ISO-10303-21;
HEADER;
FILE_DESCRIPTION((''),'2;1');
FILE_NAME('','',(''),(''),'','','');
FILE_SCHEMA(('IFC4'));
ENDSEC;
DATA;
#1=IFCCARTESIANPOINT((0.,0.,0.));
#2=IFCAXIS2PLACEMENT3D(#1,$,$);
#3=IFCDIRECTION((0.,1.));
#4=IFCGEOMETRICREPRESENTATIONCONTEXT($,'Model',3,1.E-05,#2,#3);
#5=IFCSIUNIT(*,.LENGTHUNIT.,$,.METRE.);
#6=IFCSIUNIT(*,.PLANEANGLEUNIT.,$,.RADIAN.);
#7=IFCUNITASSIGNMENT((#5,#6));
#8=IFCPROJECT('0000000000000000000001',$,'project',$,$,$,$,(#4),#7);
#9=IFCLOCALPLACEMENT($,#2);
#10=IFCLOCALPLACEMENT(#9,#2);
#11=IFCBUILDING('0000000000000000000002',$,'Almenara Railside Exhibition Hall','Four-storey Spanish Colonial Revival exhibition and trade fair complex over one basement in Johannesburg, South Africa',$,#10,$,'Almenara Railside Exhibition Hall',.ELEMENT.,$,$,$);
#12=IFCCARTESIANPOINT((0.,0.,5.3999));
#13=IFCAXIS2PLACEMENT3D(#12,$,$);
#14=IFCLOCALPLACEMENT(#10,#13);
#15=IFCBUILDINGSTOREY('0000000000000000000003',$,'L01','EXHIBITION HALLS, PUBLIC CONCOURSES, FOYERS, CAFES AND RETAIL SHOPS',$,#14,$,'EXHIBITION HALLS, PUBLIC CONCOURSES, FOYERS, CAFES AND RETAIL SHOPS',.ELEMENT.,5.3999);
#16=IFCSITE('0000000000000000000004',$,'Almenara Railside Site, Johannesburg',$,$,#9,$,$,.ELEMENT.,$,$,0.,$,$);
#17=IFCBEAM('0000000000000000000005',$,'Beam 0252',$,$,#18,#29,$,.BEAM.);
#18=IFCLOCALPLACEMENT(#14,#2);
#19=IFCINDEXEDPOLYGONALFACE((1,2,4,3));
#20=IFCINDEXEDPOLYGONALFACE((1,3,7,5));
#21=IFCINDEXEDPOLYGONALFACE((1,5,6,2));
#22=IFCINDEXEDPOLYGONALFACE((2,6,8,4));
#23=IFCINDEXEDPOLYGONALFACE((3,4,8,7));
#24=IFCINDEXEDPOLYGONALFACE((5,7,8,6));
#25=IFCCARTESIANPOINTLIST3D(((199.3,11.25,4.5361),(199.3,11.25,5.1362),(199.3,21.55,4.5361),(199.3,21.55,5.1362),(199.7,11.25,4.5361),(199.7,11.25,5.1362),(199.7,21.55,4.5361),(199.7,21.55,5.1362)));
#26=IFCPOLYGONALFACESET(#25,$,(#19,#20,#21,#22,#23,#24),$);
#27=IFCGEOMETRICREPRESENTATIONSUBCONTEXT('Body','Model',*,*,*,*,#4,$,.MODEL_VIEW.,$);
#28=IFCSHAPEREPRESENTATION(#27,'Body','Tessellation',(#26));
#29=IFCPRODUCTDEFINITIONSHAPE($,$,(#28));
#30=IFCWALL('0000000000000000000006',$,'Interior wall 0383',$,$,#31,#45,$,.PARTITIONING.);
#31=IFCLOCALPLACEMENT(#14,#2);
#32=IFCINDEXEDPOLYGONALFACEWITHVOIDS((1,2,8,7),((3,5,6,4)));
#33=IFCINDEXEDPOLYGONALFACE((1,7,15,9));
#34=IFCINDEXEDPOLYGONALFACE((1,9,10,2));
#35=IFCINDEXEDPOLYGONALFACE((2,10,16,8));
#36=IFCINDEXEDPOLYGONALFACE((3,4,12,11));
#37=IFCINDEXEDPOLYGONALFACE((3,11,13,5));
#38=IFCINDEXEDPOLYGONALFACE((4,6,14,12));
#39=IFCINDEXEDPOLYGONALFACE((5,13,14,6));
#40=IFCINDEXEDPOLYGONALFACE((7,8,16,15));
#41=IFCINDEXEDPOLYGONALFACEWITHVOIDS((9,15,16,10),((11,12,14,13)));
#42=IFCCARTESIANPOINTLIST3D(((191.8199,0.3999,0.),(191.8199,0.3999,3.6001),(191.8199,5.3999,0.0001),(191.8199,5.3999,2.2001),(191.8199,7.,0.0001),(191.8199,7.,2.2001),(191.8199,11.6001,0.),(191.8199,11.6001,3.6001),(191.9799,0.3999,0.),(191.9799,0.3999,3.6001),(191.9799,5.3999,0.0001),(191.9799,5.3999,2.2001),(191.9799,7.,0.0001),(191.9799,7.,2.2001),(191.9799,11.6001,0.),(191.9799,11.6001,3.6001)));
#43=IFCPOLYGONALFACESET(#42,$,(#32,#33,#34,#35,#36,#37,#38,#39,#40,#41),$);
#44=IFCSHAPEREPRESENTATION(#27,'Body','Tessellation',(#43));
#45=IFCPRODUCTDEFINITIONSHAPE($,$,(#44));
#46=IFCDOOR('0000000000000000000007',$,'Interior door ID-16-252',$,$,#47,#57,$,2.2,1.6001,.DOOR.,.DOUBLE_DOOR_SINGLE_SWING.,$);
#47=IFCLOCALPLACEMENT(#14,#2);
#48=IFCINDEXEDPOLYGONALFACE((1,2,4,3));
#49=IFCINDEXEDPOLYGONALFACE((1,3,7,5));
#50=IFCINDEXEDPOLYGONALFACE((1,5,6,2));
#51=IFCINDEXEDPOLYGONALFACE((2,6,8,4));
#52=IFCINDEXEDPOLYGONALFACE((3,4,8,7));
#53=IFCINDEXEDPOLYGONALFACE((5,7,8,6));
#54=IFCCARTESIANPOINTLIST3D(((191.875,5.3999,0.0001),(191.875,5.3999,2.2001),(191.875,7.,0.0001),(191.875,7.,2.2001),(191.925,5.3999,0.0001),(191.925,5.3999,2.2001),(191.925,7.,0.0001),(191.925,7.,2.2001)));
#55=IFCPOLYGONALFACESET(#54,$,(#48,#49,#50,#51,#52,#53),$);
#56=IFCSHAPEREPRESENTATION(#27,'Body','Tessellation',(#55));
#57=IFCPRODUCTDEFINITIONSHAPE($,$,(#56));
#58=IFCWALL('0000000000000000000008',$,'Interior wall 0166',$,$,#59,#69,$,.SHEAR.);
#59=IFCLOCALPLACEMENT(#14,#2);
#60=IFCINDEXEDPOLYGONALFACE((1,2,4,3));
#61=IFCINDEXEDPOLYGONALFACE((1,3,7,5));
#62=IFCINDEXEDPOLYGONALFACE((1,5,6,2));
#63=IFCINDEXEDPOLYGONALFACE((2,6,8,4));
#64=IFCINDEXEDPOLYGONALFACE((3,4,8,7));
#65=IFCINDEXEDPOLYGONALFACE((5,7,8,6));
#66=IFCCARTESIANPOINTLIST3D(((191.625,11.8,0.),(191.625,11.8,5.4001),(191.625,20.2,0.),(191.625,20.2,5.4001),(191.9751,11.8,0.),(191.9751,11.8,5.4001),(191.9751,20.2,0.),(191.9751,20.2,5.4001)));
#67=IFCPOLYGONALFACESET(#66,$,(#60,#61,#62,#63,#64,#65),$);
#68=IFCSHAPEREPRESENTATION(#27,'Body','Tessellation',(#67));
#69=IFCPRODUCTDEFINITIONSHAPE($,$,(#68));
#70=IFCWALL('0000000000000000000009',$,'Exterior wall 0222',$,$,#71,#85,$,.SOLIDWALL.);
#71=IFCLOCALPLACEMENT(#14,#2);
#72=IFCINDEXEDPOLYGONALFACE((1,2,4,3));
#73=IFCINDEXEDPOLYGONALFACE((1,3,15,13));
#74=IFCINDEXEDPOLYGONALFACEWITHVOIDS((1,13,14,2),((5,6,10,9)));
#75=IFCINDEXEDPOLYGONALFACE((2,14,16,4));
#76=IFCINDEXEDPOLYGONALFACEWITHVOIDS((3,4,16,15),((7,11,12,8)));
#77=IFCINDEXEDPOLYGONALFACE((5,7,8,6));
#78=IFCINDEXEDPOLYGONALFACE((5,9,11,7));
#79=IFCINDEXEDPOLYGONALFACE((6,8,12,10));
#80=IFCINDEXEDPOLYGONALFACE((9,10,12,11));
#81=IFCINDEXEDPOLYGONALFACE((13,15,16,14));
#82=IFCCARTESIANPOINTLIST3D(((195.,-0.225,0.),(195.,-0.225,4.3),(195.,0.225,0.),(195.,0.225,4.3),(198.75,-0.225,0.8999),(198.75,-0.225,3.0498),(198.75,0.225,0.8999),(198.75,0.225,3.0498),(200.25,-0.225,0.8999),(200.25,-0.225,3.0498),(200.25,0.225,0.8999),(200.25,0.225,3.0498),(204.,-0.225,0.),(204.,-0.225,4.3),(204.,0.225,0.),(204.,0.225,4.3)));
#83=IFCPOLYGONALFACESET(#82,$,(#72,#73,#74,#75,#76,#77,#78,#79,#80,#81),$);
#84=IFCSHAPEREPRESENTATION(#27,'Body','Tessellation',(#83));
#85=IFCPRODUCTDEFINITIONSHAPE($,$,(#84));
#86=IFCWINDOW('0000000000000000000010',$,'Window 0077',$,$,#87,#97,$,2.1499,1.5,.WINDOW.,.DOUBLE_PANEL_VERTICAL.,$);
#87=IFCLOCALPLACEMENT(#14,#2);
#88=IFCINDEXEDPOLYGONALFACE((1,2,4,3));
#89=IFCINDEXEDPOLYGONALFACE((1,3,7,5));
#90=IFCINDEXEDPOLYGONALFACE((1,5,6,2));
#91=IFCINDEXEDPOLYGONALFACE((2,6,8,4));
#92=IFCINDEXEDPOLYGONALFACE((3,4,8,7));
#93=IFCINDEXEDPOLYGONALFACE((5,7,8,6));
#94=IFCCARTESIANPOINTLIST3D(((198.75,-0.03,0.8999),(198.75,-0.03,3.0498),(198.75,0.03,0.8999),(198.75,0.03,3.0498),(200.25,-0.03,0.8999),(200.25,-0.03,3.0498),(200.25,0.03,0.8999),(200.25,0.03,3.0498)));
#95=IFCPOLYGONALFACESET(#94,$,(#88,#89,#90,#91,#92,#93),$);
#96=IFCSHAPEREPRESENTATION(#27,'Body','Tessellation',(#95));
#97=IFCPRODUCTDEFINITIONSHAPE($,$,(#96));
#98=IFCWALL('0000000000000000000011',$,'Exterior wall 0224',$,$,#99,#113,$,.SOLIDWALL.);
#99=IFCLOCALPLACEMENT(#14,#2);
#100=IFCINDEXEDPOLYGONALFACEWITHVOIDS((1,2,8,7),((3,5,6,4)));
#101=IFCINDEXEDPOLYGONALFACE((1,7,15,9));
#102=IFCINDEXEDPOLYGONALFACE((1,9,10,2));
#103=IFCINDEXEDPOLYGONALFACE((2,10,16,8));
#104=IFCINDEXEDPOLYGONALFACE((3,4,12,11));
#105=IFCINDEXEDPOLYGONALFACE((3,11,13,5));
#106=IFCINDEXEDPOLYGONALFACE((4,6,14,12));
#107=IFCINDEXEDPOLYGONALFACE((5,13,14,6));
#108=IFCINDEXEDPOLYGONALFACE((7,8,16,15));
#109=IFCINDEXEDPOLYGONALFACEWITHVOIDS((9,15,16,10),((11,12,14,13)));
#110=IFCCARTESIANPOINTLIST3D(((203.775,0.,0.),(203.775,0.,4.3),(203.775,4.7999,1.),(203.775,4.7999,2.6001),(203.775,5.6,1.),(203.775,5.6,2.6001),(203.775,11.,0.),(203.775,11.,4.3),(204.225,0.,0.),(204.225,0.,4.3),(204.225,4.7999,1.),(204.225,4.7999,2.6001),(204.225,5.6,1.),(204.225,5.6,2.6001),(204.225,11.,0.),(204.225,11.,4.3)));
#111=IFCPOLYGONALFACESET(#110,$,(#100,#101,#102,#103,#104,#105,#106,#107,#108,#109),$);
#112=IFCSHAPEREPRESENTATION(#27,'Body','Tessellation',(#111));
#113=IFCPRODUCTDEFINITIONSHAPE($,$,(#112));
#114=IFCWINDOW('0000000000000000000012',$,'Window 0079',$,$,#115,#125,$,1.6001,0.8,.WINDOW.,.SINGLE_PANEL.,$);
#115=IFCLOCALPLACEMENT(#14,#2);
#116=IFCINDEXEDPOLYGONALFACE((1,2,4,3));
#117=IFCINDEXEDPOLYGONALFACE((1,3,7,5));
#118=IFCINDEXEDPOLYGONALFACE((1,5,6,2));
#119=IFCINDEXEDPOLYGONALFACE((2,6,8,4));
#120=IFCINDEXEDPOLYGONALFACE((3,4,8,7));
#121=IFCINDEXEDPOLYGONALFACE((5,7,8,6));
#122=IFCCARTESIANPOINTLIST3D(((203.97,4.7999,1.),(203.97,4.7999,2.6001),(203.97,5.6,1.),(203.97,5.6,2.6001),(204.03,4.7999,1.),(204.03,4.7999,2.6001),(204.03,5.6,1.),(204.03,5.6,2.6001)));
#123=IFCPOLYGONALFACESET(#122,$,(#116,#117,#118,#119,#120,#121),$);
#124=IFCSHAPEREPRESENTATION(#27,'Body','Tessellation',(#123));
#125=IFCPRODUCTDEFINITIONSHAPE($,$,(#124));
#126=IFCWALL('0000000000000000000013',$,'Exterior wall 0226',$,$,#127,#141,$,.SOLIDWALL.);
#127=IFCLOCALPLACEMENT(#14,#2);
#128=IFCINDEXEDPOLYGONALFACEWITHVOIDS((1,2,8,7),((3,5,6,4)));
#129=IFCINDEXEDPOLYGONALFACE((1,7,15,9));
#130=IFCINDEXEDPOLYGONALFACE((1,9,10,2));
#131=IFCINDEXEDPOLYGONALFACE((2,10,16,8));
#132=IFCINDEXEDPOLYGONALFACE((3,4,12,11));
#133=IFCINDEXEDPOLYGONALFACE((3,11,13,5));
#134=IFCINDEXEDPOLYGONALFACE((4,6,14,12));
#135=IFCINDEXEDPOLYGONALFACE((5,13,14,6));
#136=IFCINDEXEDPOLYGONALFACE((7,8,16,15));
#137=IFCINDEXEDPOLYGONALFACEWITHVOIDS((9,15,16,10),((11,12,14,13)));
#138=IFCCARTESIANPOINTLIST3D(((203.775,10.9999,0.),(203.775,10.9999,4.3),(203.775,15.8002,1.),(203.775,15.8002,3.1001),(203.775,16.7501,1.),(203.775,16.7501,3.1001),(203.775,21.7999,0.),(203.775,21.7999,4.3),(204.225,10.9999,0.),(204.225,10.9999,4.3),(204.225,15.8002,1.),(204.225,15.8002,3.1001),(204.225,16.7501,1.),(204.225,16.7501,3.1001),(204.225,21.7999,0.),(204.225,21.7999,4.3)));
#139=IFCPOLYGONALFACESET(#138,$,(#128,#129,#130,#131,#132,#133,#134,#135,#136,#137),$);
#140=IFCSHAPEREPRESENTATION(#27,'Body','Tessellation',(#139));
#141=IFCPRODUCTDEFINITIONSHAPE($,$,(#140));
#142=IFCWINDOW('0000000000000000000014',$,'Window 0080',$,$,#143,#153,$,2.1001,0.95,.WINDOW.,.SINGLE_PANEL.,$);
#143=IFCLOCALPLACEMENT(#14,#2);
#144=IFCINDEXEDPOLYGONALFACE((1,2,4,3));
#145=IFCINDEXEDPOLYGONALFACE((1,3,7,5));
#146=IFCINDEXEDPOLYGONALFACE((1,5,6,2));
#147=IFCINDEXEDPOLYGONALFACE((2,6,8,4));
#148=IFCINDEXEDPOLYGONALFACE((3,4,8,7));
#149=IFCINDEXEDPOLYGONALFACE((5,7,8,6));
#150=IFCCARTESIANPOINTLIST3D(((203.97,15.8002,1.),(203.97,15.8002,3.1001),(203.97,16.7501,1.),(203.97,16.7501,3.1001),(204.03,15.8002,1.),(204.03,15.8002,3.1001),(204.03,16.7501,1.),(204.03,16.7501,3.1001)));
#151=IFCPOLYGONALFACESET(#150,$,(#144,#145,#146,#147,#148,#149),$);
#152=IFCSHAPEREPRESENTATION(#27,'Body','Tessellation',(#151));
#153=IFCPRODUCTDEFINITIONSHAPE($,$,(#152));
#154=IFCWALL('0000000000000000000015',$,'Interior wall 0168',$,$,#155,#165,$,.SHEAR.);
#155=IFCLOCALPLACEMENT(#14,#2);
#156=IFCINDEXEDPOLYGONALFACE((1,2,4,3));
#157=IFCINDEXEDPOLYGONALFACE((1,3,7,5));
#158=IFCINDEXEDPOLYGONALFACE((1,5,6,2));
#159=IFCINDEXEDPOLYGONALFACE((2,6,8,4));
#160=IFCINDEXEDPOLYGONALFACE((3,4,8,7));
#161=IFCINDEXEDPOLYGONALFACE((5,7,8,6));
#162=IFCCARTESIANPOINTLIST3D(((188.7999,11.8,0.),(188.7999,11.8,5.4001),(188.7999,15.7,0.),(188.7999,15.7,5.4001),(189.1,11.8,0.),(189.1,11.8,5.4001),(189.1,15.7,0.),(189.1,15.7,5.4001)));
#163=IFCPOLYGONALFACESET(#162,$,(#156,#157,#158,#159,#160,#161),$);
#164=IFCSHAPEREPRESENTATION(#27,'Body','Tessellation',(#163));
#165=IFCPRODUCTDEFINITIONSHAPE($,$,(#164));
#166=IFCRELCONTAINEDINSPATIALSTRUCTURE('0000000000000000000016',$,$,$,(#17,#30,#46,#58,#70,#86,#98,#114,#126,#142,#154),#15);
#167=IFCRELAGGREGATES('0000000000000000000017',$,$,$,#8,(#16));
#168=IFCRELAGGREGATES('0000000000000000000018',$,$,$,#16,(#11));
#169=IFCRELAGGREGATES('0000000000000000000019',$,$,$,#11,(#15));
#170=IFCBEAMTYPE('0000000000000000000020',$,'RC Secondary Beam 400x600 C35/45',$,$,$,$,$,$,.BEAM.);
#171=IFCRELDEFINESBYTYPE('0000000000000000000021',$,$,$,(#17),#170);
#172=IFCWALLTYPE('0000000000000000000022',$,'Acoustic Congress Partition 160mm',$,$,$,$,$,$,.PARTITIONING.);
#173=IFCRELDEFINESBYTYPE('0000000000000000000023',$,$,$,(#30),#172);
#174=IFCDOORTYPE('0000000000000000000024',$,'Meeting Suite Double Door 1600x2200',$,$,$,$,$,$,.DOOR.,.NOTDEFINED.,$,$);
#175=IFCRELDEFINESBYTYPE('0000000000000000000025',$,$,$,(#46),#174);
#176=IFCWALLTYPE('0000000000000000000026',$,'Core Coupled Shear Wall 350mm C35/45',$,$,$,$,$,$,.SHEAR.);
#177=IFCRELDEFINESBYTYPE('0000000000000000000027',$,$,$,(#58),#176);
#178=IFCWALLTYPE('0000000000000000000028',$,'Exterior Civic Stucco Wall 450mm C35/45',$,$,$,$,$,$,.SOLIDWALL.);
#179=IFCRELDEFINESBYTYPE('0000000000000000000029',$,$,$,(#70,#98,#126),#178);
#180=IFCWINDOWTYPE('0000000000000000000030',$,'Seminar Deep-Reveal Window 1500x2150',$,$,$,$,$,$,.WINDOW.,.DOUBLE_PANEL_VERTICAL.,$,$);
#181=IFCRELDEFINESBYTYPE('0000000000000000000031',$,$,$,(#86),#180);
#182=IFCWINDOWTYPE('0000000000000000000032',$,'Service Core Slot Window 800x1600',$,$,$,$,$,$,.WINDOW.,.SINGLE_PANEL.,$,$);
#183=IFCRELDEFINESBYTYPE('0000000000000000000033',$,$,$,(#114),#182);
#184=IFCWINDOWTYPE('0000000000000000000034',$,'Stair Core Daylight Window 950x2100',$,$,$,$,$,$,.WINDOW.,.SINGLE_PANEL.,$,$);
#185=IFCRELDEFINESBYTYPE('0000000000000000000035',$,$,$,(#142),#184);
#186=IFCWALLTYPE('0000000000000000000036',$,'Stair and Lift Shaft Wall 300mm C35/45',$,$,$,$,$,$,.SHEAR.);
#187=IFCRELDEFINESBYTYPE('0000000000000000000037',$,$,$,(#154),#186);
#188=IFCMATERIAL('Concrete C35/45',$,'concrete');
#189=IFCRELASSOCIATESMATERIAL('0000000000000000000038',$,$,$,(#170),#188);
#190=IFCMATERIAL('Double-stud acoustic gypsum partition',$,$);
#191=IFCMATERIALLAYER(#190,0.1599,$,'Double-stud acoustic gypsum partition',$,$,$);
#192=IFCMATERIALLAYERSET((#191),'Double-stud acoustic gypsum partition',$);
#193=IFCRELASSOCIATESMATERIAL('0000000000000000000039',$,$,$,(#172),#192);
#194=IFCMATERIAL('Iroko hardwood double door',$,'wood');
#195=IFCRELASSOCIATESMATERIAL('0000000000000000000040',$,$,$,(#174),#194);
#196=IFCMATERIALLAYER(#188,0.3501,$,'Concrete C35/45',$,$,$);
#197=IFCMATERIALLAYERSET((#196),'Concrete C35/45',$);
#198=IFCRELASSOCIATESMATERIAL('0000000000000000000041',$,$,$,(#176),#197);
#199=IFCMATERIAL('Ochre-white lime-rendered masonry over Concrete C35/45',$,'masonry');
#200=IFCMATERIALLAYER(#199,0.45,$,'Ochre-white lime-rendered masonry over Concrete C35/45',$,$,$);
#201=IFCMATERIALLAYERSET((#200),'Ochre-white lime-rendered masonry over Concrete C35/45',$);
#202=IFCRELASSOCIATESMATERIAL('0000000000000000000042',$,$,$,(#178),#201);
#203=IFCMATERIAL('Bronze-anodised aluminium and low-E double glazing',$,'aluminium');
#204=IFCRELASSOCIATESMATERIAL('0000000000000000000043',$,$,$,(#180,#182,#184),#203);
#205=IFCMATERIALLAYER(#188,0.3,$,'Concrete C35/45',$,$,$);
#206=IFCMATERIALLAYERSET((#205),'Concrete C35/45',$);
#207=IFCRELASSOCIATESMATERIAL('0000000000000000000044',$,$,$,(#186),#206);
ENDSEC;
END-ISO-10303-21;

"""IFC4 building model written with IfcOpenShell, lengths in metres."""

from ifc_helpers import new_model, si_unit, direction, frame, frame_2d, origin, origin_2d, place, context, subcontext, project, spatial, rectangle, extrude, material, layer, layer_set, material_profile, profile_set, type_object, element, fill, save


model = new_model("IFC4")

# Units and contexts
model_context = context("Model", 3, precision=1e-05, world=origin(), true_north=direction((0.0, 1.0)))
body_context = subcontext(model_context, "Body", "Model", "MODEL_VIEW")
ifc_project = project(units=[si_unit("LENGTHUNIT", "METRE"), si_unit("PLANEANGLEUNIT", "RADIAN")], contexts=[model_context])

# Site, building, storey
site_placement = place(None, origin())
site = spatial("IfcSite", under=ifc_project, at=site_placement, Name="Almenara Railside Site, Johannesburg", CompositionType="ELEMENT", RefElevation=0.0)
building_placement = place(site_placement, origin())
building = spatial("IfcBuilding", under=site, at=building_placement, Name="Almenara Railside Exhibition Hall", Description="Four-storey Spanish Colonial Revival exhibition and trade fair complex over one basement in Johannesburg, South Africa", LongName="Almenara Railside Exhibition Hall", CompositionType="ELEMENT")
storey_placement = place(building_placement, frame((0.0, 0.0, 5.3999)))
storey = spatial("IfcBuildingStorey", under=building, at=storey_placement, Name="L01", Description="EXHIBITION HALLS, PUBLIC CONCOURSES, FOYERS, CAFES AND RETAIL SHOPS", LongName="EXHIBITION HALLS, PUBLIC CONCOURSES, FOYERS, CAFES AND RETAIL SHOPS", CompositionType="ELEMENT", Elevation=5.3999)

# Shared definitions
ifc_material_1 = material(Name="Concrete C35/45", Category="concrete")

# Beam
ifc_material_profile_1 = material_profile(ifc_material_1, rectangle(XDim=0.3999, YDim=0.6001, at=origin_2d()), Name="RC 400x600")
ifc_profile_set_1 = profile_set([ifc_material_profile_1], Name="Concrete C35/45")
beam_type_1 = type_object("IfcBeamType", Name="RC Secondary Beam 400x600 C35/45", PredefinedType="BEAM", material=ifc_profile_set_1)
beam_1_placement = place(storey_placement, frame((199.5, 11.25, 4.8362), z_axis=(0.0, 1.0, 0.0), x_axis=(-1.0, 0.0, 0.0)))
element("IfcBeam", 1, at=beam_1_placement, inside=storey, type_object=beam_type_1, Name="Beam 0252", PredefinedType="BEAM", context=body_context, shape_type="SweptSolid", body=[
    extrude(rectangle(XDim=0.3999, YDim=0.6001, at=origin_2d()), origin(), (0.0, 0.0, 1.0), 10.3),
])

# Wall, opening, door
ifc_material_2 = material(Name="Double-stud acoustic gypsum partition")
ifc_layer_1 = layer(ifc_material_2, 0.1599, Name="Double-stud acoustic gypsum partition")
ifc_layer_set_1 = layer_set([ifc_layer_1], Name="Double-stud acoustic gypsum partition")
wall_type_1 = type_object("IfcWallType", Name="Acoustic Congress Partition 160mm", PredefinedType="PARTITIONING", material=ifc_layer_set_1)
wall_1_placement = place(storey_placement, frame((191.8999, 0.3999, 0.0), z_axis=(0.0, 0.0, 1.0), x_axis=(0.0, 1.0, 0.0)))
wall_1 = element("IfcWall", 2, at=wall_1_placement, inside=storey, type_object=wall_type_1, Name="Interior wall 0383", PredefinedType="PARTITIONING", context=body_context, shape_type="SweptSolid", body=[
    extrude(rectangle(XDim=11.2002, YDim=0.1599, at=frame_2d((5.6001, 0.0))), origin(), (0.0, 0.0, 1.0), 3.6001),
])
opening_1_placement = place(wall_1_placement, frame((5.0, 0.0, 0.0)))
opening_1 = element("IfcOpeningElement", 3, at=opening_1_placement, cuts=wall_1, PredefinedType="OPENING", context=body_context, shape_type="SweptSolid", body=[
    extrude(rectangle(XDim=1.6001, YDim=2.2, at=frame_2d((0.8, 1.1001))), frame((0.0, 0.0898, 0.0), z_axis=(0.0, -1.0, 0.0), x_axis=(1.0, 0.0, 0.0)), (0.0, 0.0, 1.0), 0.1799),
])
ifc_material_3 = material(Name="Iroko hardwood double door", Category="wood")
door_type = type_object("IfcDoorType", Name="Meeting Suite Double Door 1600x2200", OperationType="NOTDEFINED", PredefinedType="DOOR", material=ifc_material_3)
door_placement = place(opening_1_placement, origin())
door = element("IfcDoor", 4, at=door_placement, inside=storey, type_object=door_type, Name="Interior door ID-16-252", OperationType="DOUBLE_DOOR_SINGLE_SWING", OverallHeight=2.2, OverallWidth=1.6001, PredefinedType="DOOR", context=body_context, shape_type="SweptSolid", body=[
    extrude(rectangle(XDim=1.6001, YDim=2.2, at=frame_2d((0.8, 1.1001))), frame((0.0, 0.0249, 0.0), z_axis=(0.0, -1.0, 0.0), x_axis=(1.0, 0.0, 0.0)), (0.0, 0.0, 1.0), 0.05),
])
fill(opening_1, door)

# Wall
ifc_layer_2 = layer(ifc_material_1, 0.3501, Name="Concrete C35/45")
ifc_layer_set_2 = layer_set([ifc_layer_2], Name="Concrete C35/45")
wall_type_2 = type_object("IfcWallType", Name="Core Coupled Shear Wall 350mm C35/45", PredefinedType="SHEAR", material=ifc_layer_set_2)
wall_2_placement = place(storey_placement, frame((191.8, 11.8, 0.0), z_axis=(0.0, 0.0, 1.0), x_axis=(0.0, 1.0, 0.0)))
element("IfcWall", 5, at=wall_2_placement, inside=storey, type_object=wall_type_2, Name="Interior wall 0166", PredefinedType="SHEAR", context=body_context, shape_type="SweptSolid", body=[
    extrude(rectangle(XDim=8.3999, YDim=0.3501, at=frame_2d((4.2, 0.0))), origin(), (0.0, 0.0, 1.0), 5.4001),
])

# Walls, openings, windows
ifc_material_4 = material(Name="Ochre-white lime-rendered masonry over Concrete C35/45", Category="masonry")
ifc_layer_3 = layer(ifc_material_4, 0.45, Name="Ochre-white lime-rendered masonry over Concrete C35/45")
ifc_layer_set_3 = layer_set([ifc_layer_3], Name="Ochre-white lime-rendered masonry over Concrete C35/45")
wall_type_3 = type_object("IfcWallType", Name="Exterior Civic Stucco Wall 450mm C35/45", PredefinedType="SOLIDWALL", material=ifc_layer_set_3)
wall_3_placement = place(storey_placement, frame((195.0, 0.0, 0.0), z_axis=(0.0, 0.0, 1.0), x_axis=(1.0, 0.0, 0.0)))
wall_3 = element("IfcWall", 6, at=wall_3_placement, inside=storey, type_object=wall_type_3, Name="Exterior wall 0222", PredefinedType="SOLIDWALL", context=body_context, shape_type="SweptSolid", body=[
    extrude(rectangle(XDim=9.0, YDim=0.45, at=frame_2d((4.5, 0.0))), origin(), (0.0, 0.0, 1.0), 4.3),
])
opening_2_placement = place(wall_3_placement, frame((3.75, 0.0, 0.8999)))
opening_2 = element("IfcOpeningElement", 7, at=opening_2_placement, cuts=wall_3, PredefinedType="OPENING", context=body_context, shape_type="SweptSolid", body=[
    extrude(rectangle(XDim=1.5, YDim=2.1499, at=frame_2d((0.75, 1.075))), frame((0.0, 0.2349, 0.0), z_axis=(0.0, -1.0, 0.0), x_axis=(1.0, 0.0, 0.0)), (0.0, 0.0, 1.0), 0.47),
])
ifc_material_5 = material(Name="Bronze-anodised aluminium and low-E double glazing", Category="aluminium")
window_type_1 = type_object("IfcWindowType", Name="Seminar Deep-Reveal Window 1500x2150", PartitioningType="DOUBLE_PANEL_VERTICAL", PredefinedType="WINDOW", material=ifc_material_5)
window_1_placement = place(opening_2_placement, origin())
window_1 = element("IfcWindow", 8, at=window_1_placement, inside=storey, type_object=window_type_1, Name="Window 0077", OverallHeight=2.1499, OverallWidth=1.5, PartitioningType="DOUBLE_PANEL_VERTICAL", PredefinedType="WINDOW", context=body_context, shape_type="SweptSolid", body=[
    extrude(rectangle(XDim=1.5, YDim=2.1499, at=frame_2d((0.75, 1.075))), frame((0.0, 0.03, 0.0), z_axis=(0.0, -1.0, 0.0), x_axis=(1.0, 0.0, 0.0)), (0.0, 0.0, 1.0), 0.0601),
])
fill(opening_2, window_1)
wall_4_placement = place(storey_placement, frame((204.0, 0.0, 0.0), z_axis=(0.0, 0.0, 1.0), x_axis=(0.0, 1.0, 0.0)))
wall_4 = element("IfcWall", 9, at=wall_4_placement, inside=storey, type_object=wall_type_3, Name="Exterior wall 0224", PredefinedType="SOLIDWALL", context=body_context, shape_type="SweptSolid", body=[
    extrude(rectangle(XDim=11.0, YDim=0.45, at=frame_2d((5.5, 0.0))), origin(), (0.0, 0.0, 1.0), 4.3),
])
opening_3_placement = place(wall_4_placement, frame((4.8, 0.0, 1.0)))
opening_3 = element("IfcOpeningElement", 10, at=opening_3_placement, cuts=wall_4, PredefinedType="OPENING", context=body_context, shape_type="SweptSolid", body=[
    extrude(rectangle(XDim=0.8, YDim=1.6001, at=frame_2d((0.3999, 0.8))), frame((0.0, 0.2349, 0.0), z_axis=(0.0, -1.0, 0.0), x_axis=(1.0, 0.0, 0.0)), (0.0, 0.0, 1.0), 0.47),
])
window_type_2 = type_object("IfcWindowType", Name="Service Core Slot Window 800x1600", PartitioningType="SINGLE_PANEL", PredefinedType="WINDOW", material=ifc_material_5)
window_2_placement = place(opening_3_placement, origin())
window_2 = element("IfcWindow", 11, at=window_2_placement, inside=storey, type_object=window_type_2, Name="Window 0079", OverallHeight=1.6001, OverallWidth=0.8, PartitioningType="SINGLE_PANEL", PredefinedType="WINDOW", context=body_context, shape_type="SweptSolid", body=[
    extrude(rectangle(XDim=0.8, YDim=1.6001, at=frame_2d((0.3999, 0.8))), frame((0.0, 0.03, 0.0), z_axis=(0.0, -1.0, 0.0), x_axis=(1.0, 0.0, 0.0)), (0.0, 0.0, 1.0), 0.0601),
])
fill(opening_3, window_2)
wall_5_placement = place(storey_placement, frame((204.0, 11.0, 0.0), z_axis=(0.0, 0.0, 1.0), x_axis=(0.0, 1.0, 0.0)))
wall_5 = element("IfcWall", 12, at=wall_5_placement, inside=storey, type_object=wall_type_3, Name="Exterior wall 0226", PredefinedType="SOLIDWALL", context=body_context, shape_type="SweptSolid", body=[
    extrude(rectangle(XDim=10.8, YDim=0.45, at=frame_2d((5.3999, 0.0))), origin(), (0.0, 0.0, 1.0), 4.3),
])
opening_4_placement = place(wall_5_placement, frame((4.8, 0.0, 1.0)))
opening_4 = element("IfcOpeningElement", 13, at=opening_4_placement, cuts=wall_5, PredefinedType="OPENING", context=body_context, shape_type="SweptSolid", body=[
    extrude(rectangle(XDim=0.95, YDim=2.1001, at=frame_2d((0.4751, 1.05))), frame((0.0, 0.2349, 0.0), z_axis=(0.0, -1.0, 0.0), x_axis=(1.0, 0.0, 0.0)), (0.0, 0.0, 1.0), 0.47),
])
window_type_3 = type_object("IfcWindowType", Name="Stair Core Daylight Window 950x2100", PartitioningType="SINGLE_PANEL", PredefinedType="WINDOW", material=ifc_material_5)
window_3_placement = place(opening_4_placement, origin())
window_3 = element("IfcWindow", 14, at=window_3_placement, inside=storey, type_object=window_type_3, Name="Window 0080", OverallHeight=2.1001, OverallWidth=0.95, PartitioningType="SINGLE_PANEL", PredefinedType="WINDOW", context=body_context, shape_type="SweptSolid", body=[
    extrude(rectangle(XDim=0.95, YDim=2.1001, at=frame_2d((0.4751, 1.05))), frame((0.0, 0.03, 0.0), z_axis=(0.0, -1.0, 0.0), x_axis=(1.0, 0.0, 0.0)), (0.0, 0.0, 1.0), 0.0601),
])
fill(opening_4, window_3)

# Wall
ifc_layer_4 = layer(ifc_material_1, 0.3, Name="Concrete C35/45")
ifc_layer_set_4 = layer_set([ifc_layer_4], Name="Concrete C35/45")
wall_type_4 = type_object("IfcWallType", Name="Stair and Lift Shaft Wall 300mm C35/45", PredefinedType="SHEAR", material=ifc_layer_set_4)
wall_6_placement = place(storey_placement, frame((188.95, 11.8, 0.0), z_axis=(0.0, 0.0, 1.0), x_axis=(0.0, 1.0, 0.0)))
element("IfcWall", 15, at=wall_6_placement, inside=storey, type_object=wall_type_4, Name="Interior wall 0168", PredefinedType="SHEAR", context=body_context, shape_type="SweptSolid", body=[
    extrude(rectangle(XDim=3.8999, YDim=0.3, at=frame_2d((1.95, 0.0))), origin(), (0.0, 0.0, 1.0), 5.4001),
])

save(model, "model.ifc")
